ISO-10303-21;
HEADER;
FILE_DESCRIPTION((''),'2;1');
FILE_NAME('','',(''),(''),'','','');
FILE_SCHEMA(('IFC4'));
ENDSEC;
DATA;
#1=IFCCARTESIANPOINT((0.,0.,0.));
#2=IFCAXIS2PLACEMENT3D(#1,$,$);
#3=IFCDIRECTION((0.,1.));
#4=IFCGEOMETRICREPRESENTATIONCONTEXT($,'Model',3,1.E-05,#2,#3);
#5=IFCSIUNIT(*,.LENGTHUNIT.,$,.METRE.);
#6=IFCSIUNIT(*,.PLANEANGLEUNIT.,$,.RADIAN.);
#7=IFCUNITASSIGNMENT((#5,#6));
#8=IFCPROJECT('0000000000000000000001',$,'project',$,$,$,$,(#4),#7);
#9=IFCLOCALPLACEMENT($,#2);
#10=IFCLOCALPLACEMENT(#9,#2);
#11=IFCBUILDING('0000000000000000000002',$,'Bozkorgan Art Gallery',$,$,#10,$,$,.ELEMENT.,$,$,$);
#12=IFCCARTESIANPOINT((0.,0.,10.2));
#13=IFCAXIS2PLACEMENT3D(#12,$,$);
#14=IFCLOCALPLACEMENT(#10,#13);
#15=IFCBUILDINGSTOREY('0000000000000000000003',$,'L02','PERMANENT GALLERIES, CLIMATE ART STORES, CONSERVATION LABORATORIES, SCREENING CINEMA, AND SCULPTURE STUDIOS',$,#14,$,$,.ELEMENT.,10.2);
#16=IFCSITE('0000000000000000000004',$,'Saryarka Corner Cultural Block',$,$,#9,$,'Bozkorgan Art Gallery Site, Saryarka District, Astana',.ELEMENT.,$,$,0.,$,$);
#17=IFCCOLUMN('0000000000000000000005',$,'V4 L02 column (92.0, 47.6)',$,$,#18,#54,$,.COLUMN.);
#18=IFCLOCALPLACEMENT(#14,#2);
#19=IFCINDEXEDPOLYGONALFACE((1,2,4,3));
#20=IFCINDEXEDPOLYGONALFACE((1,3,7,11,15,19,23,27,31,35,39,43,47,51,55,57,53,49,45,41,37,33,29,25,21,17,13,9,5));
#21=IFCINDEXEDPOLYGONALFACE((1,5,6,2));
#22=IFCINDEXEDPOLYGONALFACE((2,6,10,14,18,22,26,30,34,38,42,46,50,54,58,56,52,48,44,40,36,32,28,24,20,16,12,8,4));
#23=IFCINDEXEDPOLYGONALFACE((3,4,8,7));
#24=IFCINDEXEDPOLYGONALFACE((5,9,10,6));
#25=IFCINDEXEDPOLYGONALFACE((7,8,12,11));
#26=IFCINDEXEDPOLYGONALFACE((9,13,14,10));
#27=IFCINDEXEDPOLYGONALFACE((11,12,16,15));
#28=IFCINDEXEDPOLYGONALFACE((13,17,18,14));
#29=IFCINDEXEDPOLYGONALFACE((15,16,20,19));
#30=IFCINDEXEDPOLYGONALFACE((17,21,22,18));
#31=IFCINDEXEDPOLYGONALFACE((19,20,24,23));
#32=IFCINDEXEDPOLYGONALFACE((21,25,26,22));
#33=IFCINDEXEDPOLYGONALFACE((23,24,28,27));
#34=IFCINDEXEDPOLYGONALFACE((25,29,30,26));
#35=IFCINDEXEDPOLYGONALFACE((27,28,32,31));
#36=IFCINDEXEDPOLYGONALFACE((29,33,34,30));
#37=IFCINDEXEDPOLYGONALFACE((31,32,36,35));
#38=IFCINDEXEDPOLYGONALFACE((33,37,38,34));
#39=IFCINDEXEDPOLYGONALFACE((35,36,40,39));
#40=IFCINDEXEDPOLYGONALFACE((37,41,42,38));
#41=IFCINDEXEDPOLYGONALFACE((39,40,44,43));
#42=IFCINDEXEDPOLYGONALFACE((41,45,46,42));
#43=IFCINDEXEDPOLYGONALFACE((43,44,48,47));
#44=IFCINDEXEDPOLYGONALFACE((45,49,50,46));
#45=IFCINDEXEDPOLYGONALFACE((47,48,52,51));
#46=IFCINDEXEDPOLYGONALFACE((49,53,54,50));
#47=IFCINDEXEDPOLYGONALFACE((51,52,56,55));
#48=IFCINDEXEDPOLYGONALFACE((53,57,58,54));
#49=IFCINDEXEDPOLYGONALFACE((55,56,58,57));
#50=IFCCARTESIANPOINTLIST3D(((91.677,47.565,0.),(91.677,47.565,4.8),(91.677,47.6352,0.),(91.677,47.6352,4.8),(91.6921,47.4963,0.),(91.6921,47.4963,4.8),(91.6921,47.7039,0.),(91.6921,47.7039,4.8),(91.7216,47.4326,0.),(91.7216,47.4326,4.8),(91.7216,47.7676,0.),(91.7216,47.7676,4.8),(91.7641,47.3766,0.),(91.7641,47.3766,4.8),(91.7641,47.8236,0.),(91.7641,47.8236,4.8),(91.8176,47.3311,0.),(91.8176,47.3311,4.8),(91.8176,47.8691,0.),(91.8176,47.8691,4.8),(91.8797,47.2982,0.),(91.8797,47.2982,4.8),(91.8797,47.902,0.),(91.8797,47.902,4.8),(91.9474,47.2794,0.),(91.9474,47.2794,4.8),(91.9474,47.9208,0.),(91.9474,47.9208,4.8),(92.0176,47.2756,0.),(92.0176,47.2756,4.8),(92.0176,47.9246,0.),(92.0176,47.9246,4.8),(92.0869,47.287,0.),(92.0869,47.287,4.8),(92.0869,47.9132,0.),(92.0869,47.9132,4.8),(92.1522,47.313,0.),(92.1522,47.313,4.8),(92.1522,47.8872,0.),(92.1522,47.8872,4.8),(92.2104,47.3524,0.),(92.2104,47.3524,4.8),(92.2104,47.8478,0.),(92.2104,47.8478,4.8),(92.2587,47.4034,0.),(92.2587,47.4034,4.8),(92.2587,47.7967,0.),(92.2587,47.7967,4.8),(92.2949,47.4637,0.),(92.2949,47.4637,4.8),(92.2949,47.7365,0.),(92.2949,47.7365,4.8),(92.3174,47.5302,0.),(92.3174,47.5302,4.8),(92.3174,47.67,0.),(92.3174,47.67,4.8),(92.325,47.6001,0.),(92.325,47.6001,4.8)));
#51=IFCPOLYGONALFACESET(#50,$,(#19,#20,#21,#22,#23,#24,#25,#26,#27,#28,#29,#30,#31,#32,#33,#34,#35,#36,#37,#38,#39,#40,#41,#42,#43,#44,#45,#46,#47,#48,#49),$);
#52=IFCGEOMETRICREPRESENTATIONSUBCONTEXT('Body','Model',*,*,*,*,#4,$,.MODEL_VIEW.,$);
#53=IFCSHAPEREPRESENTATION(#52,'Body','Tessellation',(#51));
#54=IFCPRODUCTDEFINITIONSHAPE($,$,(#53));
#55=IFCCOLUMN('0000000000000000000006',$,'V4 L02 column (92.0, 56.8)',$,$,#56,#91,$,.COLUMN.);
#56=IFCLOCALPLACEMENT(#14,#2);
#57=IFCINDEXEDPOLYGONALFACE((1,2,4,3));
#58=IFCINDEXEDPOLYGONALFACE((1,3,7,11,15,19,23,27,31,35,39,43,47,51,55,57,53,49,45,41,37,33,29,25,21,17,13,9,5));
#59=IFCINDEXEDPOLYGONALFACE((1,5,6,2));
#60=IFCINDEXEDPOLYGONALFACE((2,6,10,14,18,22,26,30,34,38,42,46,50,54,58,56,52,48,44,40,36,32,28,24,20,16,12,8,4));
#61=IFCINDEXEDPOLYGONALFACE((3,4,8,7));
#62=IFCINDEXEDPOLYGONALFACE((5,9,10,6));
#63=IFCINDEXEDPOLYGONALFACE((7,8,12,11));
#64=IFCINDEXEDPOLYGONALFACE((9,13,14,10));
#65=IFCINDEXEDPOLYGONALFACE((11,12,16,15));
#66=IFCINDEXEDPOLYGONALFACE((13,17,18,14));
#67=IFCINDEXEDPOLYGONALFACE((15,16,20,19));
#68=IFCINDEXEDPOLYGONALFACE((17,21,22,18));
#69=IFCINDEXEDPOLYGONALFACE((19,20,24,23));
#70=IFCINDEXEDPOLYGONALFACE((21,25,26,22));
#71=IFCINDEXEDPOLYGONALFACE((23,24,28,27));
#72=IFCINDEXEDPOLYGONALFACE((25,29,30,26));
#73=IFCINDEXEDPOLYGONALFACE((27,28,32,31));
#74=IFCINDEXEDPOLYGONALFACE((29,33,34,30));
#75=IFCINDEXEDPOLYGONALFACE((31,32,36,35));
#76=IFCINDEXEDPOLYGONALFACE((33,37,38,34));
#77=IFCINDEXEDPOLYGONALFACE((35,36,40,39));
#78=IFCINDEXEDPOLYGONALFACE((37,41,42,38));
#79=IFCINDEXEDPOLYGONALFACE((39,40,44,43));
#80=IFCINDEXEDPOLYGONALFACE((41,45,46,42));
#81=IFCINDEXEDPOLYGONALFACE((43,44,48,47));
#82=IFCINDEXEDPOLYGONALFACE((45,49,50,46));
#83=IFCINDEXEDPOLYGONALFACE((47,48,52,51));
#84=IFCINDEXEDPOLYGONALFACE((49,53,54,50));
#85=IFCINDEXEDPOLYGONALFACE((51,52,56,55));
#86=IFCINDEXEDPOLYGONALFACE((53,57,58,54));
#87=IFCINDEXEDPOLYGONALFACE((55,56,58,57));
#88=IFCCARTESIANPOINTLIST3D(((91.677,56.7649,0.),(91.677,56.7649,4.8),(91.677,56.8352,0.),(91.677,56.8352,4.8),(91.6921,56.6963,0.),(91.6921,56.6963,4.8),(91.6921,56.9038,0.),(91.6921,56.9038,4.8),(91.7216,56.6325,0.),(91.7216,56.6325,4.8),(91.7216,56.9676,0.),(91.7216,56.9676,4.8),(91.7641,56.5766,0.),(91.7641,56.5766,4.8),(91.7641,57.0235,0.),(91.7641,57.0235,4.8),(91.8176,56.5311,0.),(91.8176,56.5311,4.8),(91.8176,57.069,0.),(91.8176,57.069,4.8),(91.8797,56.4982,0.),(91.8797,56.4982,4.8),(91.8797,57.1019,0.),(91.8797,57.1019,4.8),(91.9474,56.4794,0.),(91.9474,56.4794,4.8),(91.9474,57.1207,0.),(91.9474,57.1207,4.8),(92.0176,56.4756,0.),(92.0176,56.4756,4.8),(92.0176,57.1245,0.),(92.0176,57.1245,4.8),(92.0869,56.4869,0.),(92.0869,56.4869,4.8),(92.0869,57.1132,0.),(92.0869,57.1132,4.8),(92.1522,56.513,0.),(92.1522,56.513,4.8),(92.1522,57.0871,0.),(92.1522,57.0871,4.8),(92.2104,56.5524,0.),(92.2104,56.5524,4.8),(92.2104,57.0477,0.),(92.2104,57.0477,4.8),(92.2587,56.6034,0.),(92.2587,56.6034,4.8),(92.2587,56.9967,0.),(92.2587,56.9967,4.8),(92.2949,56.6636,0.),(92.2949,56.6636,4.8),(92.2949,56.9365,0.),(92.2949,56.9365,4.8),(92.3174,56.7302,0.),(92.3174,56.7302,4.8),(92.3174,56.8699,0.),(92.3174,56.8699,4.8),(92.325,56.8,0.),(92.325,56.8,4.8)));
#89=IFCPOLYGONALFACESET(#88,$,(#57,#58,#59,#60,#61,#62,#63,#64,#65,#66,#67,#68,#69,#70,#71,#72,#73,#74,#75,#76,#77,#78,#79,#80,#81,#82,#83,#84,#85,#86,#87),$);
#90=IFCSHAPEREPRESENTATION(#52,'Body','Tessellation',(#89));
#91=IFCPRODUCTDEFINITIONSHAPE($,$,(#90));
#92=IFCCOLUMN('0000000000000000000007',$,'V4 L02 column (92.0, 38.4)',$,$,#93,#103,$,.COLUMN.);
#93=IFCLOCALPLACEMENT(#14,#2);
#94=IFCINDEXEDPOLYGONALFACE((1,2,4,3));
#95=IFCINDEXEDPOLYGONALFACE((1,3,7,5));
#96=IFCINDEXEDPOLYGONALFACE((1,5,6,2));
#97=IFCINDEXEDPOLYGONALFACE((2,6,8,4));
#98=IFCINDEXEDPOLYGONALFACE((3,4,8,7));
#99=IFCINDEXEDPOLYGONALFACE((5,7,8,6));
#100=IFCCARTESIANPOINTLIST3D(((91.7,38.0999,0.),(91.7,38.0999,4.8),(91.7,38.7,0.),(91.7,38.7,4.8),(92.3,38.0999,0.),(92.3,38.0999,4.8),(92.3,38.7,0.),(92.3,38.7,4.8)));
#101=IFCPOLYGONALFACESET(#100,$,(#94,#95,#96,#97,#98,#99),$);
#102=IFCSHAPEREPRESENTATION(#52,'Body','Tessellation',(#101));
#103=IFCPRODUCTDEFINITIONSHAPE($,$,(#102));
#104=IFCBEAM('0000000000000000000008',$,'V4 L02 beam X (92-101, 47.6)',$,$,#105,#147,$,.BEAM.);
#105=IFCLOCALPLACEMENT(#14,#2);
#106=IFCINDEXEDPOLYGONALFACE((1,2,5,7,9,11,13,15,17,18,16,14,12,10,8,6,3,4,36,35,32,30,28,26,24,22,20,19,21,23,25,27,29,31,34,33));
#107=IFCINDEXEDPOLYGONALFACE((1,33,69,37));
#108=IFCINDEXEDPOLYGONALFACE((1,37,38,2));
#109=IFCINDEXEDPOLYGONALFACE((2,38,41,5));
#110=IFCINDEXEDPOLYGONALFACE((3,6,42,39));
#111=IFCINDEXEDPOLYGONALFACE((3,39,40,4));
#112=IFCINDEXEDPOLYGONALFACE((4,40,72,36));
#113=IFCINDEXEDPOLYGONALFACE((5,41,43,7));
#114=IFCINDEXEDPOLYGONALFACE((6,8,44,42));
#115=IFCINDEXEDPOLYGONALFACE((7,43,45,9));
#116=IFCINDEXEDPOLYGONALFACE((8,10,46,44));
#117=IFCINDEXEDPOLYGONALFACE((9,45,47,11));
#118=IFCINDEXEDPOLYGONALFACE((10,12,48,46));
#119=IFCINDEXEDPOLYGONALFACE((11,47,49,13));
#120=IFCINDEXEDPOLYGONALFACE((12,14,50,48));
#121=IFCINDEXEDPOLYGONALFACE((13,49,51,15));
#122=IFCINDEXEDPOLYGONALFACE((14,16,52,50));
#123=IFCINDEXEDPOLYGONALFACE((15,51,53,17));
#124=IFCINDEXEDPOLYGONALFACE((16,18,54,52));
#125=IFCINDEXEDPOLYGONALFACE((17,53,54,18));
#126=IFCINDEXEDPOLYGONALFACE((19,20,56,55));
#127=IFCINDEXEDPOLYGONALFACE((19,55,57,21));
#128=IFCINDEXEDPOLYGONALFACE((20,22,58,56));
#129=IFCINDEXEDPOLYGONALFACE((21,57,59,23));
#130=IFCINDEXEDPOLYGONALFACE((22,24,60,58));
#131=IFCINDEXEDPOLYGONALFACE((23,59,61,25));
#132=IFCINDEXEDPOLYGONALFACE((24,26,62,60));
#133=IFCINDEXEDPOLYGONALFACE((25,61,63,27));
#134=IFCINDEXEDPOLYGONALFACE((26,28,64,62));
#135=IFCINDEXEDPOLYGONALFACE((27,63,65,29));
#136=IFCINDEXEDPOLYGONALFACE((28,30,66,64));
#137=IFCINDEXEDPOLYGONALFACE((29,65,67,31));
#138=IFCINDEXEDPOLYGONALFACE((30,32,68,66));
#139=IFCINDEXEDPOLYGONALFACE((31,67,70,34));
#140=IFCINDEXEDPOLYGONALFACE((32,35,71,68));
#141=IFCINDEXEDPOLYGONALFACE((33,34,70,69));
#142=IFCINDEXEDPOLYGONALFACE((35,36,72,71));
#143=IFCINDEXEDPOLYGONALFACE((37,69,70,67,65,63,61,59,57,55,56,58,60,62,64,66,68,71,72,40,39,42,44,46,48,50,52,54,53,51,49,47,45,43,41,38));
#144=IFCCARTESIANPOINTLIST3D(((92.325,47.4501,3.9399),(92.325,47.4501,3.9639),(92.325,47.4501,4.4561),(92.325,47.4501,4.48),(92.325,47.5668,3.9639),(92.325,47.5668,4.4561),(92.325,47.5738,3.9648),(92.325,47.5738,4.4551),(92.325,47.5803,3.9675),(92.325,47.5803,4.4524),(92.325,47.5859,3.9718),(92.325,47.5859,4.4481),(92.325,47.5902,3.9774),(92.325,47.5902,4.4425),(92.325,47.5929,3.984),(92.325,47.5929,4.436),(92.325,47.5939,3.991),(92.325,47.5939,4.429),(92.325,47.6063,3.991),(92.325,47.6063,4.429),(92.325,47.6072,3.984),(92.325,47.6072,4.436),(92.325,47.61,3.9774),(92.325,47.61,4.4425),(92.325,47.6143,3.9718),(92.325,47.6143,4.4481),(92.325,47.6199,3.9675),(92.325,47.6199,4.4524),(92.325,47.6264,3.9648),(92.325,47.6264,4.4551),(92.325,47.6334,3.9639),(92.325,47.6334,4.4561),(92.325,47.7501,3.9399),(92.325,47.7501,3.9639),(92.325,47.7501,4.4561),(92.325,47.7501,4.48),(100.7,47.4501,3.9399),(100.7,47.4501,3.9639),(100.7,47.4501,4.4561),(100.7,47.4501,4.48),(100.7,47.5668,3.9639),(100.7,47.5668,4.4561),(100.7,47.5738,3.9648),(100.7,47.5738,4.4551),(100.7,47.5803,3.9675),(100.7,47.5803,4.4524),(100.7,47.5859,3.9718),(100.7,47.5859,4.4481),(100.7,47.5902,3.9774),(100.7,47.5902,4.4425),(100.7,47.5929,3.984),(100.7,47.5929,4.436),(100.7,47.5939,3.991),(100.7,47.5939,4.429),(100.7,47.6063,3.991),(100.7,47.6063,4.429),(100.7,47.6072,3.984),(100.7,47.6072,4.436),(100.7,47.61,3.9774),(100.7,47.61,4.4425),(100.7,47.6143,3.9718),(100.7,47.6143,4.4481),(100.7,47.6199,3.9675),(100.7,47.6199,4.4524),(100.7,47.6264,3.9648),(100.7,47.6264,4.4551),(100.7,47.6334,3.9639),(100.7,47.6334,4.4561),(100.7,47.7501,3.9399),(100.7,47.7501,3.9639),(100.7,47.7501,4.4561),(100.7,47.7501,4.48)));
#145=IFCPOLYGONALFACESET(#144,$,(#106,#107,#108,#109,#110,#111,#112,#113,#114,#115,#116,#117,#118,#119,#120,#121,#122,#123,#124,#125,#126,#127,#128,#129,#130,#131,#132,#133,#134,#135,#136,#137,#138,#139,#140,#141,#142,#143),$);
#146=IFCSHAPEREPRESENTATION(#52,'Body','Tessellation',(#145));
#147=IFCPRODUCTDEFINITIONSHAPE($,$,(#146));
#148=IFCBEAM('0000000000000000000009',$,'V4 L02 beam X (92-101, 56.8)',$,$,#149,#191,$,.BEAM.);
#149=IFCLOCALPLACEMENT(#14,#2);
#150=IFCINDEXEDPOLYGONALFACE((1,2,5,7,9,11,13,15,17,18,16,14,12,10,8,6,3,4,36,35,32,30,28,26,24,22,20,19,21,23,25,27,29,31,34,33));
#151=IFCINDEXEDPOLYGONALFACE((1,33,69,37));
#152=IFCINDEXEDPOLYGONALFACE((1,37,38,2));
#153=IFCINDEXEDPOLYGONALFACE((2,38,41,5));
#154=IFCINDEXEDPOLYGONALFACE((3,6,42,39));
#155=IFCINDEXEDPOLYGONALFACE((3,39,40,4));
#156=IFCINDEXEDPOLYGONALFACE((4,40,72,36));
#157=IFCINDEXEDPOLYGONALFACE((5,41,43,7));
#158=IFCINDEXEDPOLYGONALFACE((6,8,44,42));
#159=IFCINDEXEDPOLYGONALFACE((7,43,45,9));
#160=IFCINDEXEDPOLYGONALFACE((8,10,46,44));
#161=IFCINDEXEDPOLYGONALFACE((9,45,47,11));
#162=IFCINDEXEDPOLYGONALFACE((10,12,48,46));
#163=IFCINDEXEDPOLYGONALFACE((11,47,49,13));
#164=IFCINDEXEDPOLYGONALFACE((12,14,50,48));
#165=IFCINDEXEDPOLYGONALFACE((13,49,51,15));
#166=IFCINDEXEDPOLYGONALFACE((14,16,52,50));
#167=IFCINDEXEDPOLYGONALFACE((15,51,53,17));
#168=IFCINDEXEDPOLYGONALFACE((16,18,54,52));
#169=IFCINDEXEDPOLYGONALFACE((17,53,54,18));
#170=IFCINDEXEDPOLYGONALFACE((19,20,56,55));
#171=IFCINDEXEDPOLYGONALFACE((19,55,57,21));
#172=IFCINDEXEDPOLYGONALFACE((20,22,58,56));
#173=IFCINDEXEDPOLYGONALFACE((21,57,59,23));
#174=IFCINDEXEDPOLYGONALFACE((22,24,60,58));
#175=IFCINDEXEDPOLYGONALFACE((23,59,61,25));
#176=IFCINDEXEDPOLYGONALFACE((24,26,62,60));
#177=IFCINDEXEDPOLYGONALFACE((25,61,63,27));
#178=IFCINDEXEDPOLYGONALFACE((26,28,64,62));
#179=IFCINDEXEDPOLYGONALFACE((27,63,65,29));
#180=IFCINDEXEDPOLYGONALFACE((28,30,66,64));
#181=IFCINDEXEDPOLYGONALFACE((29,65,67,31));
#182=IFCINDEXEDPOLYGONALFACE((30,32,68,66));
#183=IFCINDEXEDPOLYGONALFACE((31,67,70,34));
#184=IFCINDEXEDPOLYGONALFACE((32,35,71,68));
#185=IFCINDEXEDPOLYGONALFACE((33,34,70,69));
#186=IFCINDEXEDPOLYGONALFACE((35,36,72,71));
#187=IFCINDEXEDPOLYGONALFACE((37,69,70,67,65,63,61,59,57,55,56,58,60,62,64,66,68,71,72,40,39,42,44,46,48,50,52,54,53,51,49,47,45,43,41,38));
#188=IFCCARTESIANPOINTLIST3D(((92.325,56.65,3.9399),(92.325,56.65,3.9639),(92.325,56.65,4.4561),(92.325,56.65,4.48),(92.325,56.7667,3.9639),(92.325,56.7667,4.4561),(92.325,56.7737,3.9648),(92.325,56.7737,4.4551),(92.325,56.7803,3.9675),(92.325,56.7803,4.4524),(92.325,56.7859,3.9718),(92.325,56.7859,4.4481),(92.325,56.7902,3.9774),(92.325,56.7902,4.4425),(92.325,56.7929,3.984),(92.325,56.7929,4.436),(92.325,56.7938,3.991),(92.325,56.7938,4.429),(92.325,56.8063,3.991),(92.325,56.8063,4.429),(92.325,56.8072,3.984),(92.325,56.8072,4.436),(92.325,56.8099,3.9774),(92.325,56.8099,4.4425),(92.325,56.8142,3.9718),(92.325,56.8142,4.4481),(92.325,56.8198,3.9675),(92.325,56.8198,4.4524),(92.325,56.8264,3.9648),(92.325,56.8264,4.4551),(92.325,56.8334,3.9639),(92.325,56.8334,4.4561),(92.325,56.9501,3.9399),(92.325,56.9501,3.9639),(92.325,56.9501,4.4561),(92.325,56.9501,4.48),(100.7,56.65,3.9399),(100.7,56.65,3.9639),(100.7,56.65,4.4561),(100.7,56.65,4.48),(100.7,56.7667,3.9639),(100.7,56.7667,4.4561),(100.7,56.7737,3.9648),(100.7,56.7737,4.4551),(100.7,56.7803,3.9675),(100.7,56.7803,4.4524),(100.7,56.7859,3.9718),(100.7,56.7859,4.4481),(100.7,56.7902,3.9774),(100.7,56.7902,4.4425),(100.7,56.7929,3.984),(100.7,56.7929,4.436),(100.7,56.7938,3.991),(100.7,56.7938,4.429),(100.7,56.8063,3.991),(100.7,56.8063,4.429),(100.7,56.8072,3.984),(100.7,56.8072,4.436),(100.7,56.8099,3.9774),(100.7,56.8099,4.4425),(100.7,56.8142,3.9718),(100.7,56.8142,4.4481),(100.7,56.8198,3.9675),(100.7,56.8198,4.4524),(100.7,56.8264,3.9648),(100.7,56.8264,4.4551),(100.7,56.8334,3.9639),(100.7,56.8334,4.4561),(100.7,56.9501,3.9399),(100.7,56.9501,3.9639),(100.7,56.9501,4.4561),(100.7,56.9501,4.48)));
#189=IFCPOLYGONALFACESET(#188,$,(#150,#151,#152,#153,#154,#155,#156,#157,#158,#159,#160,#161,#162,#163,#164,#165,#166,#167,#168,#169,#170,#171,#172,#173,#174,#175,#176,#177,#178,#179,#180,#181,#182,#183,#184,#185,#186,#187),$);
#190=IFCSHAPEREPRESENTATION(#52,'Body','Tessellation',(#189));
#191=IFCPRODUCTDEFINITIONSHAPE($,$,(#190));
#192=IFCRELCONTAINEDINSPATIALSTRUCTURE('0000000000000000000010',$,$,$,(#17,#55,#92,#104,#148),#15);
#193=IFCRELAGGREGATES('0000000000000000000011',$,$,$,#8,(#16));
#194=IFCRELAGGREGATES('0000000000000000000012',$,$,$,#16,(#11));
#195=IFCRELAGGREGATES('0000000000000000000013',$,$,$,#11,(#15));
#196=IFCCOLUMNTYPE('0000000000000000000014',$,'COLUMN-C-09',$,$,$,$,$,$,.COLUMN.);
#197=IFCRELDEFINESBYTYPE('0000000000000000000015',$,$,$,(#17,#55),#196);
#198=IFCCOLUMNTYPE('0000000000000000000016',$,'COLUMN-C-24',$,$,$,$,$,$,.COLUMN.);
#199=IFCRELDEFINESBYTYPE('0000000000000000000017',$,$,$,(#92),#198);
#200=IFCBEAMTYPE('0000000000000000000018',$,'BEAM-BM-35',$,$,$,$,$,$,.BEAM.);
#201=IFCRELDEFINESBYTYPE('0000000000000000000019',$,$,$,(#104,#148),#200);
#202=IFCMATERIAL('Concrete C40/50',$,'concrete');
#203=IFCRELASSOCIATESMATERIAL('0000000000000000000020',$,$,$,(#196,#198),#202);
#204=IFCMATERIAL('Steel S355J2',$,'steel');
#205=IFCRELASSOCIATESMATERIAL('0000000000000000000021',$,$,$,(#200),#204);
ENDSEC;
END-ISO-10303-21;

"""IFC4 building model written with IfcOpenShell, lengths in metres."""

from ifc_helpers import new_model, si_unit, direction, frame, origin, origin_2d, place, context, subcontext, project, spatial, rectangle, circle, i_section, extrude, material, material_profile, profile_set, type_object, element, save


model = new_model("IFC4")

# Units and contexts
model_context = context("Model", 3, precision=1e-05, world=origin(), true_north=direction((0.0, 1.0)))
body_context = subcontext(model_context, "Body", "Model", "MODEL_VIEW")
ifc_project = project(units=[si_unit("LENGTHUNIT", "METRE"), si_unit("PLANEANGLEUNIT", "RADIAN")], contexts=[model_context])

# Site, building, storey
site_placement = place(None, origin())
site = spatial("IfcSite", under=ifc_project, at=site_placement, Name="Saryarka Corner Cultural Block", LongName="Bozkorgan Art Gallery Site, Saryarka District, Astana", CompositionType="ELEMENT", RefElevation=0.0)
building_placement = place(site_placement, origin())
building = spatial("IfcBuilding", under=site, at=building_placement, Name="Bozkorgan Art Gallery", CompositionType="ELEMENT")
storey_placement = place(building_placement, frame((0.0, 0.0, 10.2)))
storey = spatial("IfcBuildingStorey", under=building, at=storey_placement, Name="L02", Description="PERMANENT GALLERIES, CLIMATE ART STORES, CONSERVATION LABORATORIES, SCREENING CINEMA, AND SCULPTURE STUDIOS", CompositionType="ELEMENT", Elevation=10.2)

# Columns
ifc_material_1 = material(Name="Concrete C40/50", Category="concrete")
ifc_material_profile_1 = material_profile(ifc_material_1, circle(Radius=0.325, at=origin_2d()), Name="RC D650")
ifc_profile_set_1 = profile_set([ifc_material_profile_1], Name="Concrete C40/50")
column_type_1 = type_object("IfcColumnType", Name="COLUMN-C-09", PredefinedType="COLUMN", material=ifc_profile_set_1)
for number, where, z_axis, x_axis, name in (
    (1, (92.0, 47.6001, 0.0), (0.0, 0.0, 1.0), (1.0, 0.0, 0.0), "V4 L02 column (92.0, 47.6)"),
    (2, (92.0, 56.8, 0.0), (0.0, 0.0, 1.0), (1.0, 0.0, 0.0), "V4 L02 column (92.0, 56.8)"),
):
    element("IfcColumn", number, at=place(storey_placement, frame(where, z_axis=z_axis, x_axis=x_axis)), inside=storey, type_object=column_type_1, Name=name, PredefinedType="COLUMN", context=body_context, shape_type="SweptSolid", body=[
        extrude(circle(Radius=0.325, at=origin_2d()), origin(), (0.0, 0.0, 1.0), 4.8),
    ])
ifc_material_profile_2 = material_profile(ifc_material_1, rectangle(XDim=0.6001, YDim=0.6001, at=origin_2d()), Name="RC 600x600")
ifc_profile_set_2 = profile_set([ifc_material_profile_2], Name="Concrete C40/50")
column_type_2 = type_object("IfcColumnType", Name="COLUMN-C-24", PredefinedType="COLUMN", material=ifc_profile_set_2)
column_placement = place(storey_placement, frame((92.0, 38.3999, 0.0), z_axis=(0.0, 0.0, 1.0), x_axis=(1.0, 0.0, 0.0)))
element("IfcColumn", 3, at=column_placement, inside=storey, type_object=column_type_2, Name="V4 L02 column (92.0, 38.4)", PredefinedType="COLUMN", context=body_context, shape_type="SweptSolid", body=[
    extrude(rectangle(XDim=0.6001, YDim=0.6001, at=origin_2d()), origin(), (0.0, 0.0, 1.0), 4.8),
])

# Beams
ifc_material_2 = material(Name="Steel S355J2", Category="steel")
ifc_material_profile_3 = material_profile(ifc_material_2, i_section(OverallWidth=0.3, OverallDepth=0.54, WebThickness=0.0125, FlangeThickness=0.0239, FilletRadius=0.0271, at=origin_2d()), Name="HEA 550")
ifc_profile_set_3 = profile_set([ifc_material_profile_3], Name="Steel S355J2")
beam_type_1 = type_object("IfcBeamType", Name="BEAM-BM-35", PredefinedType="BEAM", material=ifc_profile_set_3)
for number, where, z_axis, x_axis, name in (
    (4, (92.325, 47.6001, 4.21), (1.0, 0.0, 0.0), (0.0, 1.0, 0.0), "V4 L02 beam X (92-101, 47.6)"),
    (5, (92.325, 56.8, 4.21), (1.0, 0.0, 0.0), (0.0, 1.0, 0.0), "V4 L02 beam X (92-101, 56.8)"),
):
    element("IfcBeam", number, at=place(storey_placement, frame(where, z_axis=z_axis, x_axis=x_axis)), inside=storey, type_object=beam_type_1, Name=name, PredefinedType="BEAM", context=body_context, shape_type="SweptSolid", body=[
        extrude(i_section(OverallWidth=0.3, OverallDepth=0.54, WebThickness=0.0125, FlangeThickness=0.0239, FilletRadius=0.0271, at=origin_2d()), origin(), (0.0, 0.0, 1.0), 8.375),
    ])

save(model, "model.ifc")
